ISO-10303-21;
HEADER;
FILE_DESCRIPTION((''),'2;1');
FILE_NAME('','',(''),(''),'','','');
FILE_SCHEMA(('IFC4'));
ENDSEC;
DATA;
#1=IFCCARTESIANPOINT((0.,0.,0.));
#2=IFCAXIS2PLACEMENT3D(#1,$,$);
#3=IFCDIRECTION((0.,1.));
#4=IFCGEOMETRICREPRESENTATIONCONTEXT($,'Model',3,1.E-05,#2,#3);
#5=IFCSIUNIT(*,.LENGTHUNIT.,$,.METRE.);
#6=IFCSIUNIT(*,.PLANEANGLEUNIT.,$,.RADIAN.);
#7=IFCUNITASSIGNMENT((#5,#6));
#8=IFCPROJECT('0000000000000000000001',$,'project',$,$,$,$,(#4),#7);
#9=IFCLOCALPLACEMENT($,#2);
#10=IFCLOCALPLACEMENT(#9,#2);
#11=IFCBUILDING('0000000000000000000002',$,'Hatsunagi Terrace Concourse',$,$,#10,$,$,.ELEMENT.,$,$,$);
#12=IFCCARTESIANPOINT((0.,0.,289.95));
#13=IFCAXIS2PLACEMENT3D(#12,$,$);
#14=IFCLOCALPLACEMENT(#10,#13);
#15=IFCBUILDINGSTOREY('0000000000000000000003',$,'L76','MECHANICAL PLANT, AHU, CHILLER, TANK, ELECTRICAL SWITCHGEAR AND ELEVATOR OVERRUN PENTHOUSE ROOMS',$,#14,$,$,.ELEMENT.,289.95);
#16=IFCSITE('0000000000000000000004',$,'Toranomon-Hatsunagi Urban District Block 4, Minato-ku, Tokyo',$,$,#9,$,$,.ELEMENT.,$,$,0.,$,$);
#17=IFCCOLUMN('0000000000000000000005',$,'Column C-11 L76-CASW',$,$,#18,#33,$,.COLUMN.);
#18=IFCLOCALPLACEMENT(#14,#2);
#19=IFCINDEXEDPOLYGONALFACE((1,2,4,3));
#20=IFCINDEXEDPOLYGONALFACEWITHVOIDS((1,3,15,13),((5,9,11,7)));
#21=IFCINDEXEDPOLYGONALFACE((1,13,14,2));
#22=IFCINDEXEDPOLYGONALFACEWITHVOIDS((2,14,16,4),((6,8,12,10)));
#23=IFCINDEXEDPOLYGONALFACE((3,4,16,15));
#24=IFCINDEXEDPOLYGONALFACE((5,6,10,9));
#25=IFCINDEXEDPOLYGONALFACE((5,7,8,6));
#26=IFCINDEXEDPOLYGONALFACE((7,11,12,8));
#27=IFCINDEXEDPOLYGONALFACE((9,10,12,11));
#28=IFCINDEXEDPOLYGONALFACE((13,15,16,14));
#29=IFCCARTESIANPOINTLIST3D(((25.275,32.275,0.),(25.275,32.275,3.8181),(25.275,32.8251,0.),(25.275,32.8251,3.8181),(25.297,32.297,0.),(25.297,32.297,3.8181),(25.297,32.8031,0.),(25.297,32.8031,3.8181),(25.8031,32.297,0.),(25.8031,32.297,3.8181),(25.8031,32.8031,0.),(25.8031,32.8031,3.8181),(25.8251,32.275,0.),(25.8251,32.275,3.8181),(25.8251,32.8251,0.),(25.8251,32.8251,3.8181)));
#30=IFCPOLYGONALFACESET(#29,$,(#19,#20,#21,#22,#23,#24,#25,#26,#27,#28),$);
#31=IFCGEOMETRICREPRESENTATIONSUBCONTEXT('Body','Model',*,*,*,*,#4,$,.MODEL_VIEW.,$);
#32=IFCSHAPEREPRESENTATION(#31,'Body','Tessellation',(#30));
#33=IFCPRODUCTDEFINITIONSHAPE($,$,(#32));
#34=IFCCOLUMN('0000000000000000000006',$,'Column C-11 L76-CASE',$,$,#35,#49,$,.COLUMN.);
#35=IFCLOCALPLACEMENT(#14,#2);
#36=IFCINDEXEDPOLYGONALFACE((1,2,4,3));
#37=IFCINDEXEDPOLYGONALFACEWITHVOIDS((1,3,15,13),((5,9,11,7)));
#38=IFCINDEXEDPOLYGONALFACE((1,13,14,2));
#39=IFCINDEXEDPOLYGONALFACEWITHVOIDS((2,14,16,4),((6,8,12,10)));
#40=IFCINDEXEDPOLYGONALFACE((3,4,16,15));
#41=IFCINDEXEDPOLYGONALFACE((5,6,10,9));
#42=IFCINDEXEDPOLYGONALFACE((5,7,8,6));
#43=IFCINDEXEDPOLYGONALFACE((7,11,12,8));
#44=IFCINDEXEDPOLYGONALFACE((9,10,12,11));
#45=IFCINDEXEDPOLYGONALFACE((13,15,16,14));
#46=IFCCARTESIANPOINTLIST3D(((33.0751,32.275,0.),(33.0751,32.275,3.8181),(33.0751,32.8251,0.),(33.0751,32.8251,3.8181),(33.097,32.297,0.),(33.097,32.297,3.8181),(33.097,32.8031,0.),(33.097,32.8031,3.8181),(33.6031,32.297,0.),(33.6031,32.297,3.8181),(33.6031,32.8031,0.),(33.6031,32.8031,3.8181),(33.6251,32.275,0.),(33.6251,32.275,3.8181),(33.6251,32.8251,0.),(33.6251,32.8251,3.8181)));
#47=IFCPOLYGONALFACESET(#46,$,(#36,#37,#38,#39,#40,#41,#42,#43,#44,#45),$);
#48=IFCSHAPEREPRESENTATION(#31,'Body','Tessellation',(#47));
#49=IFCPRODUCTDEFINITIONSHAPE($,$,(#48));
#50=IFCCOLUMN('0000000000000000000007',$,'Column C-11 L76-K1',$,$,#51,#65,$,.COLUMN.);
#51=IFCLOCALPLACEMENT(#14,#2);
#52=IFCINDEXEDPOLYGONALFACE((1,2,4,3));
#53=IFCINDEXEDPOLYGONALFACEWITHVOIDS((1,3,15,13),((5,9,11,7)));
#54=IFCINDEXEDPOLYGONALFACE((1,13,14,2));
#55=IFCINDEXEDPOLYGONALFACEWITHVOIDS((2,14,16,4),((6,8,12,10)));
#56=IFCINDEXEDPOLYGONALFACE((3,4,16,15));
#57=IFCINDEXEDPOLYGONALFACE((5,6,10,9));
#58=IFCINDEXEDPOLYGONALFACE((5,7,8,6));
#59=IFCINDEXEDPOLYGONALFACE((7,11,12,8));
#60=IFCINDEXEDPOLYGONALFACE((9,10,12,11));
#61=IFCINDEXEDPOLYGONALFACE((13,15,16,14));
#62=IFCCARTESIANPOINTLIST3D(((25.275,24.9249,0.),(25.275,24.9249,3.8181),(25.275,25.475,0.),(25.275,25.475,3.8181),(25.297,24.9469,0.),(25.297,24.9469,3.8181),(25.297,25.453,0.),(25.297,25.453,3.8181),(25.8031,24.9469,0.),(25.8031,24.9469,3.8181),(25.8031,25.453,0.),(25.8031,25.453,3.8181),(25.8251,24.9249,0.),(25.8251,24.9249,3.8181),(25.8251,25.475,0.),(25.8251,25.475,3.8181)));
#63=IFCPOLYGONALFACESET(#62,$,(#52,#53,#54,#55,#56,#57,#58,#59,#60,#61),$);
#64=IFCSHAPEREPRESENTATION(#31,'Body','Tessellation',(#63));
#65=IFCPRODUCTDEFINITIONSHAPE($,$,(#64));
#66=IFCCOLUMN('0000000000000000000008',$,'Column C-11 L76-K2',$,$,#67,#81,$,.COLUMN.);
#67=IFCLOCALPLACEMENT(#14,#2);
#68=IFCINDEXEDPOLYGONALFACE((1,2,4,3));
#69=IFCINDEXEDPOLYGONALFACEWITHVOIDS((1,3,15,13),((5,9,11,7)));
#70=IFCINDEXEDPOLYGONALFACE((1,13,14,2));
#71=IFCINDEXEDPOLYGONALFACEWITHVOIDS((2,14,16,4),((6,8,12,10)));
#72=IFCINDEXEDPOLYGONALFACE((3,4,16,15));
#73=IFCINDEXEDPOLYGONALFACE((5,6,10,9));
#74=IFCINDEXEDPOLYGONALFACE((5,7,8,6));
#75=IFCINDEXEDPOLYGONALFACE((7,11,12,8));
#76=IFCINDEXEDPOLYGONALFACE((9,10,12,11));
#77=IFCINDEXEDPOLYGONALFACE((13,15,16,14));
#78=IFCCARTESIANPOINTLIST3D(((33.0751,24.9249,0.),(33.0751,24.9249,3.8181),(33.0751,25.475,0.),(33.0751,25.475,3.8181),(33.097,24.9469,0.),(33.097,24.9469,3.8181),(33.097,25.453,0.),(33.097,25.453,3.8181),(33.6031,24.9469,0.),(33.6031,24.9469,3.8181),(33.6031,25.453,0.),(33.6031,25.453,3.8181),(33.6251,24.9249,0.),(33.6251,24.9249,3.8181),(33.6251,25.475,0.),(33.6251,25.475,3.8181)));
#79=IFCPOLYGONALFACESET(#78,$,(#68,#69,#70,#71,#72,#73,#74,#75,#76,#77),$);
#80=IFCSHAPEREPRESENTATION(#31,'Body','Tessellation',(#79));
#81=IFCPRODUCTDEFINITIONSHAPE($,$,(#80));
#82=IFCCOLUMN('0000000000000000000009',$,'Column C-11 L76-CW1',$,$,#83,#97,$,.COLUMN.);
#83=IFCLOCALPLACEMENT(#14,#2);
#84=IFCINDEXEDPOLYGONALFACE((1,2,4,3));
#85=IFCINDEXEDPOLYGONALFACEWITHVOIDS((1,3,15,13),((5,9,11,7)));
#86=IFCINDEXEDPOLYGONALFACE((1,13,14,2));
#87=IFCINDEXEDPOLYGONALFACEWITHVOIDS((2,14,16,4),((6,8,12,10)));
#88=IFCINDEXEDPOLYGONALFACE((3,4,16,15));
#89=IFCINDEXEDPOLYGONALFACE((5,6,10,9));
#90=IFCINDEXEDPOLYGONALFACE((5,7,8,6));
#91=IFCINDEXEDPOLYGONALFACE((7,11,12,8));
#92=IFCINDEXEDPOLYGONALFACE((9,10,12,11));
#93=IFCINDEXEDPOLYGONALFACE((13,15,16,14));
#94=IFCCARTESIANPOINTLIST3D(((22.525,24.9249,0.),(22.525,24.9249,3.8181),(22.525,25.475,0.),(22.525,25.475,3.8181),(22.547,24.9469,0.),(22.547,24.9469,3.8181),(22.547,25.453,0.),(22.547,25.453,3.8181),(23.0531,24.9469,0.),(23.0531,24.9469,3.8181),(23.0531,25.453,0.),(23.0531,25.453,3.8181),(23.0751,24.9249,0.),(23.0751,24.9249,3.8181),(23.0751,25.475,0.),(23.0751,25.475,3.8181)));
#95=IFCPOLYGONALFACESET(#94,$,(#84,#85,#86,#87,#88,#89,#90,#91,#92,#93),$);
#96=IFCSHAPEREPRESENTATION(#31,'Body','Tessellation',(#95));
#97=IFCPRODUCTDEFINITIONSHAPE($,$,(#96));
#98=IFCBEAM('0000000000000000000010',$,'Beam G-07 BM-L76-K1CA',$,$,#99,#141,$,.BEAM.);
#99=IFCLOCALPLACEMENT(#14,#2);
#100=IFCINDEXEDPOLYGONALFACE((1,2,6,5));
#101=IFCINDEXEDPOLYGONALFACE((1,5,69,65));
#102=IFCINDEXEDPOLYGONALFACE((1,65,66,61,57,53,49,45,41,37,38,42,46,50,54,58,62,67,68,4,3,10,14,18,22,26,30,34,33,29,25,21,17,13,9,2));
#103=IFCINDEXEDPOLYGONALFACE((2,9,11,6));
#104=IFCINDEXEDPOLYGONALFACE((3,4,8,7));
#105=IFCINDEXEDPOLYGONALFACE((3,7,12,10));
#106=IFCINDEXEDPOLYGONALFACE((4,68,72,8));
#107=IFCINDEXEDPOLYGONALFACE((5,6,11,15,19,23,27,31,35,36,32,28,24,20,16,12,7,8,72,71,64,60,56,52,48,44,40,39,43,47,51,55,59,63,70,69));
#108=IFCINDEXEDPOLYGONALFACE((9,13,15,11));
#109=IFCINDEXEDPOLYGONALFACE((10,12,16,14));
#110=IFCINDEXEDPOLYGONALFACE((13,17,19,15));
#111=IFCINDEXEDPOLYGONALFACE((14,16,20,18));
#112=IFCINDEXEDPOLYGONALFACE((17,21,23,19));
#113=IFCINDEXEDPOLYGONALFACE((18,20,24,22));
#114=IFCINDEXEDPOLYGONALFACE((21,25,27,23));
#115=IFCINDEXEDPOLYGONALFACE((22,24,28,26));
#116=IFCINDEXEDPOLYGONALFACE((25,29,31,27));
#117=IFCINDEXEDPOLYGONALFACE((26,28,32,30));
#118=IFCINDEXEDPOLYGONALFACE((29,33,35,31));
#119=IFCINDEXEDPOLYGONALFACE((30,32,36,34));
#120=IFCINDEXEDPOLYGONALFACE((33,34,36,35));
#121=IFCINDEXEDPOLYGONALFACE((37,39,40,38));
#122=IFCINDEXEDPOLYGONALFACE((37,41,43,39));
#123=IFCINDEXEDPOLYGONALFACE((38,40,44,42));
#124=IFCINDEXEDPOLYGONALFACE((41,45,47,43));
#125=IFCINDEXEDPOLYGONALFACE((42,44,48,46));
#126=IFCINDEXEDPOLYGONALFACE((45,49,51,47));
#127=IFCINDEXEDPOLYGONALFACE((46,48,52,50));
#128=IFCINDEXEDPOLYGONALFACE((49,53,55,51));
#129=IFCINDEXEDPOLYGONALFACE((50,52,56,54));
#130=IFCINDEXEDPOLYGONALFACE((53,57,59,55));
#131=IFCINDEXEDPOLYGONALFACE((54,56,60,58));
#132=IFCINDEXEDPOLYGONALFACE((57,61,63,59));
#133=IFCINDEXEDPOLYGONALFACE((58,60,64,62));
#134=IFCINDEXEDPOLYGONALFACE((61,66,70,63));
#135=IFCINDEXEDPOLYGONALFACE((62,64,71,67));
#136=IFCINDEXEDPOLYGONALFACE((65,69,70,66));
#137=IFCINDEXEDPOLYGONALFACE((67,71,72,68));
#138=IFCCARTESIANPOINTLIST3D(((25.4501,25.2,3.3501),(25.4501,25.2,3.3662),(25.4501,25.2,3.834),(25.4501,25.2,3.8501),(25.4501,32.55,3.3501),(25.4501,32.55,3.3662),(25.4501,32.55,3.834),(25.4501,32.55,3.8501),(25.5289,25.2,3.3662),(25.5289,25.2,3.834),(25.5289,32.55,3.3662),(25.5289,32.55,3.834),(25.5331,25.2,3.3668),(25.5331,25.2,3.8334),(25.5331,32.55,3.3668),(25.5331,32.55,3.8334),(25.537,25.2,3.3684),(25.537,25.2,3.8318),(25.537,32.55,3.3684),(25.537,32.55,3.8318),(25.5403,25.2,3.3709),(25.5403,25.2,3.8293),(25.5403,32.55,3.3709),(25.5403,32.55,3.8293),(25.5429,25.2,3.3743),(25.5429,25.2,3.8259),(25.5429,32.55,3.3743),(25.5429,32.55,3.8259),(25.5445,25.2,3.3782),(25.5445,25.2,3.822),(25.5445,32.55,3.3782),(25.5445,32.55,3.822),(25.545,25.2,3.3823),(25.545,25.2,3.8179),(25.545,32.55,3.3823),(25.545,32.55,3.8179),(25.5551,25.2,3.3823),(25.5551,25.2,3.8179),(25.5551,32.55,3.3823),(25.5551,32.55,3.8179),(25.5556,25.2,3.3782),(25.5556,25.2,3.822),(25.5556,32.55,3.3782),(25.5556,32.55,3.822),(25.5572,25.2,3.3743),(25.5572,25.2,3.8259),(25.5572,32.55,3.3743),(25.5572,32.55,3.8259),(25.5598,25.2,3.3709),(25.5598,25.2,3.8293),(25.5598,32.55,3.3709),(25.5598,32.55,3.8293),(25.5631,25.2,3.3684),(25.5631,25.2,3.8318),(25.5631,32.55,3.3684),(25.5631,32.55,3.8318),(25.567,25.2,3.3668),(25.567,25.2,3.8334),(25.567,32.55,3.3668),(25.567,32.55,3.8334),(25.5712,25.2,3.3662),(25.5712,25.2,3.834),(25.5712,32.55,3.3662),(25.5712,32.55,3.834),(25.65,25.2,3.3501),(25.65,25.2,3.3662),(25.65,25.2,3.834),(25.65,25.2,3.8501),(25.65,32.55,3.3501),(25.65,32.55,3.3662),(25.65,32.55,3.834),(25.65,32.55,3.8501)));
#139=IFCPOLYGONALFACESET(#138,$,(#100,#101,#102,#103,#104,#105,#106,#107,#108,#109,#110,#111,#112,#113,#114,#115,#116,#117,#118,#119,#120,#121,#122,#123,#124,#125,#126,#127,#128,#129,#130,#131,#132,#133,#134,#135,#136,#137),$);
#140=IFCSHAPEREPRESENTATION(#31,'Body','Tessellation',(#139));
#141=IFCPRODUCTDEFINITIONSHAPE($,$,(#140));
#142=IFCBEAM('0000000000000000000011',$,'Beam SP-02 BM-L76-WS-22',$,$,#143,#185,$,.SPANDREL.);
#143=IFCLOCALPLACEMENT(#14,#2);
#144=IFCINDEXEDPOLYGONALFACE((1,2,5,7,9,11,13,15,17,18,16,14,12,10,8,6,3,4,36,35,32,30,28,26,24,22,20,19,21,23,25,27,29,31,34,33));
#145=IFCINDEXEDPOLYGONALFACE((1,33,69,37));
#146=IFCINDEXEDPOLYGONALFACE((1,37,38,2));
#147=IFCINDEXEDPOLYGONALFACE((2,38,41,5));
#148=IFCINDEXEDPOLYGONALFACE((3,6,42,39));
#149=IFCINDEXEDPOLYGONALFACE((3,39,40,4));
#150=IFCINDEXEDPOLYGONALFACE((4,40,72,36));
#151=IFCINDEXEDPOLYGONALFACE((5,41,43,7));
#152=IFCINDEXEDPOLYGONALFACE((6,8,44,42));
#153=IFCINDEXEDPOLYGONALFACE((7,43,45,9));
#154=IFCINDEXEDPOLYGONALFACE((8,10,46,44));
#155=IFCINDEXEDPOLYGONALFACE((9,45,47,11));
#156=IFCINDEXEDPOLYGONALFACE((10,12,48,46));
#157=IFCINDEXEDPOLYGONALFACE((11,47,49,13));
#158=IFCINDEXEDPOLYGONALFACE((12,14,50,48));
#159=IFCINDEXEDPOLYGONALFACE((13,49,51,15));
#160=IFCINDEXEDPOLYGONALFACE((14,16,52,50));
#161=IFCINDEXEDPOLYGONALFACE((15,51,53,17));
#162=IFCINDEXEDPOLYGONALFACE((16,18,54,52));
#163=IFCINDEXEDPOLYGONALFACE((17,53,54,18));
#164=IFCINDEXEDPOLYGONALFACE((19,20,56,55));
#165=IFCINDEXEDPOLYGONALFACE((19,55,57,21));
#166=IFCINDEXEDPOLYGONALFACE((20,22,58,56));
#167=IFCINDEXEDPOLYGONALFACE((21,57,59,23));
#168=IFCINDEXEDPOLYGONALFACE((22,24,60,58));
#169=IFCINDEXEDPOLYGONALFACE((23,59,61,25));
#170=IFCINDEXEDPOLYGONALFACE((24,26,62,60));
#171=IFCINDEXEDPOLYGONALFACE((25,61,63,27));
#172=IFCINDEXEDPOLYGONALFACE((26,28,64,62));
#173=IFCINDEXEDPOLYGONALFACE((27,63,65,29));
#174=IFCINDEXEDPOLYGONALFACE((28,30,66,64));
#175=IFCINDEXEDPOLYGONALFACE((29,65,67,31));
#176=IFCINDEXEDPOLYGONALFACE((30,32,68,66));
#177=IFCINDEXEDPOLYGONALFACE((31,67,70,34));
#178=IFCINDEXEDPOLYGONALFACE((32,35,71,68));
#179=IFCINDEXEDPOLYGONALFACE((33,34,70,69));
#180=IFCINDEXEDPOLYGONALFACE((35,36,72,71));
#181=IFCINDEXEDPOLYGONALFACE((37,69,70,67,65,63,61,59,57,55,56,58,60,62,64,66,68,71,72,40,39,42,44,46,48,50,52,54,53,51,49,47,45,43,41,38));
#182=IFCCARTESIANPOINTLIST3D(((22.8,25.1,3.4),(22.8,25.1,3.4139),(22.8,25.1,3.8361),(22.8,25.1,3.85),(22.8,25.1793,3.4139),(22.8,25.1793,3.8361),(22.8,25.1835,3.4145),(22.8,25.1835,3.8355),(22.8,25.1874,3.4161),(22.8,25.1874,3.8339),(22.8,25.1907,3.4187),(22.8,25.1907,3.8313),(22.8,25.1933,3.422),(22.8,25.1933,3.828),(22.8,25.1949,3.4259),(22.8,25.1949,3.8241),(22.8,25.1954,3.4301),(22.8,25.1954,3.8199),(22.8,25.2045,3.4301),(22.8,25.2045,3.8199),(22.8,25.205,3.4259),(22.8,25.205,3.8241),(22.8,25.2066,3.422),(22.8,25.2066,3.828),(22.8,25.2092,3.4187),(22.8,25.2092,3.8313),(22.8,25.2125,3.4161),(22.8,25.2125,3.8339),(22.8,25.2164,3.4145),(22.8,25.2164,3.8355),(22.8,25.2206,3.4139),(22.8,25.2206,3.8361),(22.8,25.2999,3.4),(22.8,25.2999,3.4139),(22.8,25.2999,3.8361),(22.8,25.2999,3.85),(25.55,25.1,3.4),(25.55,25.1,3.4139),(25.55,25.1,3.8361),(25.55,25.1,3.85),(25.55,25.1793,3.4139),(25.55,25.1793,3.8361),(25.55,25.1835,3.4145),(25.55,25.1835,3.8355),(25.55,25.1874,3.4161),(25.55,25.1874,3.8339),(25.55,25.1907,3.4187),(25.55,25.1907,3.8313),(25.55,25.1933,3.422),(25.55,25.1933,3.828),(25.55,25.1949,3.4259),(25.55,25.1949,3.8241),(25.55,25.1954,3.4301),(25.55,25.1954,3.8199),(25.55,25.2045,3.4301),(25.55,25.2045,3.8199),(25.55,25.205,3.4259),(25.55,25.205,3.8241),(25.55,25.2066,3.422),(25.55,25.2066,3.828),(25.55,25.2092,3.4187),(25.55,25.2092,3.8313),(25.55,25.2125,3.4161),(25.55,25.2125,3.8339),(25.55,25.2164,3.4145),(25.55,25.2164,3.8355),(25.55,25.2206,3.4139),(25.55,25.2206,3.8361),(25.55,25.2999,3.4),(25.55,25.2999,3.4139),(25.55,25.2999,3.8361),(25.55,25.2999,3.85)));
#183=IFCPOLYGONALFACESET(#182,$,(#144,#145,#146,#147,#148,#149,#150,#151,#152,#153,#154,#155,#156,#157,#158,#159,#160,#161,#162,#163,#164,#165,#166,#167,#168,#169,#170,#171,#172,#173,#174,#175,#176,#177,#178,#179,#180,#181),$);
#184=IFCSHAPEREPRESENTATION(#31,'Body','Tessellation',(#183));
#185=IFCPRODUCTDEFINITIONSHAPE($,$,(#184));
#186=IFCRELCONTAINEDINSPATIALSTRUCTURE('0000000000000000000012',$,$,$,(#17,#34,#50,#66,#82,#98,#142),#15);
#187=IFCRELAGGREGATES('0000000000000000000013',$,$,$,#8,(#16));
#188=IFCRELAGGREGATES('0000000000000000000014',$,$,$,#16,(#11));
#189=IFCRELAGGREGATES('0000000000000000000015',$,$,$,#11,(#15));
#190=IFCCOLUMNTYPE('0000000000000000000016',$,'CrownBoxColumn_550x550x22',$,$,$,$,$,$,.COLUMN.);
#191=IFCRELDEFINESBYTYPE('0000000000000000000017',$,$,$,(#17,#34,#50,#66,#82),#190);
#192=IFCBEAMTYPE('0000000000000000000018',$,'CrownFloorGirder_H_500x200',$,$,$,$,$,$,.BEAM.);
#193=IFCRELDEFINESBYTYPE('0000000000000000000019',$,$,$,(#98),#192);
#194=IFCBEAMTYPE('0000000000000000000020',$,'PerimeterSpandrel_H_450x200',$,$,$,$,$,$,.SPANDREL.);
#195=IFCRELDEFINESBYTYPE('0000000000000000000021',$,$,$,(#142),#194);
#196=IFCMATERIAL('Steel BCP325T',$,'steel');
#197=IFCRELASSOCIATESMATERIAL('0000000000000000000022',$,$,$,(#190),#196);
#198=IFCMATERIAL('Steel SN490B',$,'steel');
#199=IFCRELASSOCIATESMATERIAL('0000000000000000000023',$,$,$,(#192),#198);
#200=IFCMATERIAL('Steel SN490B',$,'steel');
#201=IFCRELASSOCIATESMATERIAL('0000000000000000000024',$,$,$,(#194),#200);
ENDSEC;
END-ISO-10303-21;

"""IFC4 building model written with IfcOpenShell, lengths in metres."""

from ifc_helpers import new_model, si_unit, direction, frame, origin, origin_2d, place, context, subcontext, project, spatial, hollow_rectangle, i_section, extrude, material, material_profile, profile_set, type_object, element, save


model = new_model("IFC4")

# Units and contexts
model_context = context("Model", 3, precision=1e-05, world=origin(), true_north=direction((0.0, 1.0)))
body_context = subcontext(model_context, "Body", "Model", "MODEL_VIEW")
ifc_project = project(units=[si_unit("LENGTHUNIT", "METRE"), si_unit("PLANEANGLEUNIT", "RADIAN")], contexts=[model_context])

# Site, building, storey
site_placement = place(None, origin())
site = spatial("IfcSite", under=ifc_project, at=site_placement, Name="Toranomon-Hatsunagi Urban District Block 4, Minato-ku, Tokyo", CompositionType="ELEMENT", RefElevation=0.0)
building_placement = place(site_placement, origin())
building = spatial("IfcBuilding", under=site, at=building_placement, Name="Hatsunagi Terrace Concourse", CompositionType="ELEMENT")
storey_placement = place(building_placement, frame((0.0, 0.0, 289.95)))
storey = spatial("IfcBuildingStorey", under=building, at=storey_placement, Name="L76", Description="MECHANICAL PLANT, AHU, CHILLER, TANK, ELECTRICAL SWITCHGEAR AND ELEVATOR OVERRUN PENTHOUSE ROOMS", CompositionType="ELEMENT", Elevation=289.95)

# Columns
ifc_material_1 = material(Name="Steel BCP325T", Category="steel")
ifc_material_profile_1 = material_profile(ifc_material_1, hollow_rectangle(XDim=0.55, YDim=0.55, WallThickness=0.022, at=origin_2d()), Name="BCP-550x550x22")
ifc_profile_set_1 = profile_set([ifc_material_profile_1], Name="Steel BCP325T")
column_type = type_object("IfcColumnType", Name="CrownBoxColumn_550x550x22", PredefinedType="COLUMN", material=ifc_profile_set_1)
for number, where, z_axis, x_axis, name in (
    (1, (25.55, 32.55, 0.0), (0.0, 0.0, 1.0), (1.0, 0.0, 0.0), "Column C-11 L76-CASW"),
    (2, (33.3501, 32.55, 0.0), (0.0, 0.0, 1.0), (1.0, 0.0, 0.0), "Column C-11 L76-CASE"),
    (3, (25.55, 25.2, 0.0), (0.0, 0.0, 1.0), (1.0, 0.0, 0.0), "Column C-11 L76-K1"),
    (4, (33.3501, 25.2, 0.0), (0.0, 0.0, 1.0), (1.0, 0.0, 0.0), "Column C-11 L76-K2"),
    (5, (22.8, 25.2, 0.0), (0.0, 0.0, 1.0), (1.0, 0.0, 0.0), "Column C-11 L76-CW1"),
):
    element("IfcColumn", number, at=place(storey_placement, frame(where, z_axis=z_axis, x_axis=x_axis)), inside=storey, type_object=column_type, Name=name, PredefinedType="COLUMN", context=body_context, shape_type="SweptSolid", body=[
        extrude(hollow_rectangle(XDim=0.55, YDim=0.55, WallThickness=0.022, at=origin_2d()), origin(), (0.0, 0.0, 1.0), 3.8181),
    ])

# Beams
ifc_material_2 = material(Name="Steel SN490B", Category="steel")
ifc_material_profile_2 = material_profile(ifc_material_2, i_section(OverallWidth=0.2, OverallDepth=0.5, WebThickness=0.01, FlangeThickness=0.0161, FilletRadius=0.0161, at=origin_2d()), Name="H-500x200x10x16")
ifc_profile_set_2 = profile_set([ifc_material_profile_2], Name="Steel SN490B")
beam_type_1 = type_object("IfcBeamType", Name="CrownFloorGirder_H_500x200", PredefinedType="BEAM", material=ifc_profile_set_2)
beam_1_placement = place(storey_placement, frame((25.55, 25.2, 3.6001), z_axis=(0.0, 1.0, 0.0), x_axis=(-1.0, 0.0, 0.0)))
element("IfcBeam", 6, at=beam_1_placement, inside=storey, type_object=beam_type_1, Name="Beam G-07 BM-L76-K1CA", PredefinedType="BEAM", context=body_context, shape_type="SweptSolid", body=[
    extrude(i_section(OverallWidth=0.2, OverallDepth=0.5, WebThickness=0.01, FlangeThickness=0.0161, FilletRadius=0.0161, at=origin_2d()), origin(), (0.0, 0.0, 1.0), 7.3501),
])
ifc_material_3 = material(Name="Steel SN490B", Category="steel")
ifc_material_profile_3 = material_profile(ifc_material_3, i_section(OverallWidth=0.2, OverallDepth=0.45, WebThickness=0.009, FlangeThickness=0.0139, FilletRadius=0.0161, at=origin_2d()), Name="H-450x200x9x14")
ifc_profile_set_3 = profile_set([ifc_material_profile_3], Name="Steel SN490B")
beam_type_2 = type_object("IfcBeamType", Name="PerimeterSpandrel_H_450x200", PredefinedType="SPANDREL", material=ifc_profile_set_3)
beam_2_placement = place(storey_placement, frame((22.8, 25.2, 3.625), z_axis=(1.0, 0.0, 0.0), x_axis=(0.0, 1.0, 0.0)))
element("IfcBeam", 7, at=beam_2_placement, inside=storey, type_object=beam_type_2, Name="Beam SP-02 BM-L76-WS-22", PredefinedType="SPANDREL", context=body_context, shape_type="SweptSolid", body=[
    extrude(i_section(OverallWidth=0.2, OverallDepth=0.45, WebThickness=0.009, FlangeThickness=0.0139, FilletRadius=0.0161, at=origin_2d()), origin(), (0.0, 0.0, 1.0), 2.75),
])

save(model, "model.ifc")
